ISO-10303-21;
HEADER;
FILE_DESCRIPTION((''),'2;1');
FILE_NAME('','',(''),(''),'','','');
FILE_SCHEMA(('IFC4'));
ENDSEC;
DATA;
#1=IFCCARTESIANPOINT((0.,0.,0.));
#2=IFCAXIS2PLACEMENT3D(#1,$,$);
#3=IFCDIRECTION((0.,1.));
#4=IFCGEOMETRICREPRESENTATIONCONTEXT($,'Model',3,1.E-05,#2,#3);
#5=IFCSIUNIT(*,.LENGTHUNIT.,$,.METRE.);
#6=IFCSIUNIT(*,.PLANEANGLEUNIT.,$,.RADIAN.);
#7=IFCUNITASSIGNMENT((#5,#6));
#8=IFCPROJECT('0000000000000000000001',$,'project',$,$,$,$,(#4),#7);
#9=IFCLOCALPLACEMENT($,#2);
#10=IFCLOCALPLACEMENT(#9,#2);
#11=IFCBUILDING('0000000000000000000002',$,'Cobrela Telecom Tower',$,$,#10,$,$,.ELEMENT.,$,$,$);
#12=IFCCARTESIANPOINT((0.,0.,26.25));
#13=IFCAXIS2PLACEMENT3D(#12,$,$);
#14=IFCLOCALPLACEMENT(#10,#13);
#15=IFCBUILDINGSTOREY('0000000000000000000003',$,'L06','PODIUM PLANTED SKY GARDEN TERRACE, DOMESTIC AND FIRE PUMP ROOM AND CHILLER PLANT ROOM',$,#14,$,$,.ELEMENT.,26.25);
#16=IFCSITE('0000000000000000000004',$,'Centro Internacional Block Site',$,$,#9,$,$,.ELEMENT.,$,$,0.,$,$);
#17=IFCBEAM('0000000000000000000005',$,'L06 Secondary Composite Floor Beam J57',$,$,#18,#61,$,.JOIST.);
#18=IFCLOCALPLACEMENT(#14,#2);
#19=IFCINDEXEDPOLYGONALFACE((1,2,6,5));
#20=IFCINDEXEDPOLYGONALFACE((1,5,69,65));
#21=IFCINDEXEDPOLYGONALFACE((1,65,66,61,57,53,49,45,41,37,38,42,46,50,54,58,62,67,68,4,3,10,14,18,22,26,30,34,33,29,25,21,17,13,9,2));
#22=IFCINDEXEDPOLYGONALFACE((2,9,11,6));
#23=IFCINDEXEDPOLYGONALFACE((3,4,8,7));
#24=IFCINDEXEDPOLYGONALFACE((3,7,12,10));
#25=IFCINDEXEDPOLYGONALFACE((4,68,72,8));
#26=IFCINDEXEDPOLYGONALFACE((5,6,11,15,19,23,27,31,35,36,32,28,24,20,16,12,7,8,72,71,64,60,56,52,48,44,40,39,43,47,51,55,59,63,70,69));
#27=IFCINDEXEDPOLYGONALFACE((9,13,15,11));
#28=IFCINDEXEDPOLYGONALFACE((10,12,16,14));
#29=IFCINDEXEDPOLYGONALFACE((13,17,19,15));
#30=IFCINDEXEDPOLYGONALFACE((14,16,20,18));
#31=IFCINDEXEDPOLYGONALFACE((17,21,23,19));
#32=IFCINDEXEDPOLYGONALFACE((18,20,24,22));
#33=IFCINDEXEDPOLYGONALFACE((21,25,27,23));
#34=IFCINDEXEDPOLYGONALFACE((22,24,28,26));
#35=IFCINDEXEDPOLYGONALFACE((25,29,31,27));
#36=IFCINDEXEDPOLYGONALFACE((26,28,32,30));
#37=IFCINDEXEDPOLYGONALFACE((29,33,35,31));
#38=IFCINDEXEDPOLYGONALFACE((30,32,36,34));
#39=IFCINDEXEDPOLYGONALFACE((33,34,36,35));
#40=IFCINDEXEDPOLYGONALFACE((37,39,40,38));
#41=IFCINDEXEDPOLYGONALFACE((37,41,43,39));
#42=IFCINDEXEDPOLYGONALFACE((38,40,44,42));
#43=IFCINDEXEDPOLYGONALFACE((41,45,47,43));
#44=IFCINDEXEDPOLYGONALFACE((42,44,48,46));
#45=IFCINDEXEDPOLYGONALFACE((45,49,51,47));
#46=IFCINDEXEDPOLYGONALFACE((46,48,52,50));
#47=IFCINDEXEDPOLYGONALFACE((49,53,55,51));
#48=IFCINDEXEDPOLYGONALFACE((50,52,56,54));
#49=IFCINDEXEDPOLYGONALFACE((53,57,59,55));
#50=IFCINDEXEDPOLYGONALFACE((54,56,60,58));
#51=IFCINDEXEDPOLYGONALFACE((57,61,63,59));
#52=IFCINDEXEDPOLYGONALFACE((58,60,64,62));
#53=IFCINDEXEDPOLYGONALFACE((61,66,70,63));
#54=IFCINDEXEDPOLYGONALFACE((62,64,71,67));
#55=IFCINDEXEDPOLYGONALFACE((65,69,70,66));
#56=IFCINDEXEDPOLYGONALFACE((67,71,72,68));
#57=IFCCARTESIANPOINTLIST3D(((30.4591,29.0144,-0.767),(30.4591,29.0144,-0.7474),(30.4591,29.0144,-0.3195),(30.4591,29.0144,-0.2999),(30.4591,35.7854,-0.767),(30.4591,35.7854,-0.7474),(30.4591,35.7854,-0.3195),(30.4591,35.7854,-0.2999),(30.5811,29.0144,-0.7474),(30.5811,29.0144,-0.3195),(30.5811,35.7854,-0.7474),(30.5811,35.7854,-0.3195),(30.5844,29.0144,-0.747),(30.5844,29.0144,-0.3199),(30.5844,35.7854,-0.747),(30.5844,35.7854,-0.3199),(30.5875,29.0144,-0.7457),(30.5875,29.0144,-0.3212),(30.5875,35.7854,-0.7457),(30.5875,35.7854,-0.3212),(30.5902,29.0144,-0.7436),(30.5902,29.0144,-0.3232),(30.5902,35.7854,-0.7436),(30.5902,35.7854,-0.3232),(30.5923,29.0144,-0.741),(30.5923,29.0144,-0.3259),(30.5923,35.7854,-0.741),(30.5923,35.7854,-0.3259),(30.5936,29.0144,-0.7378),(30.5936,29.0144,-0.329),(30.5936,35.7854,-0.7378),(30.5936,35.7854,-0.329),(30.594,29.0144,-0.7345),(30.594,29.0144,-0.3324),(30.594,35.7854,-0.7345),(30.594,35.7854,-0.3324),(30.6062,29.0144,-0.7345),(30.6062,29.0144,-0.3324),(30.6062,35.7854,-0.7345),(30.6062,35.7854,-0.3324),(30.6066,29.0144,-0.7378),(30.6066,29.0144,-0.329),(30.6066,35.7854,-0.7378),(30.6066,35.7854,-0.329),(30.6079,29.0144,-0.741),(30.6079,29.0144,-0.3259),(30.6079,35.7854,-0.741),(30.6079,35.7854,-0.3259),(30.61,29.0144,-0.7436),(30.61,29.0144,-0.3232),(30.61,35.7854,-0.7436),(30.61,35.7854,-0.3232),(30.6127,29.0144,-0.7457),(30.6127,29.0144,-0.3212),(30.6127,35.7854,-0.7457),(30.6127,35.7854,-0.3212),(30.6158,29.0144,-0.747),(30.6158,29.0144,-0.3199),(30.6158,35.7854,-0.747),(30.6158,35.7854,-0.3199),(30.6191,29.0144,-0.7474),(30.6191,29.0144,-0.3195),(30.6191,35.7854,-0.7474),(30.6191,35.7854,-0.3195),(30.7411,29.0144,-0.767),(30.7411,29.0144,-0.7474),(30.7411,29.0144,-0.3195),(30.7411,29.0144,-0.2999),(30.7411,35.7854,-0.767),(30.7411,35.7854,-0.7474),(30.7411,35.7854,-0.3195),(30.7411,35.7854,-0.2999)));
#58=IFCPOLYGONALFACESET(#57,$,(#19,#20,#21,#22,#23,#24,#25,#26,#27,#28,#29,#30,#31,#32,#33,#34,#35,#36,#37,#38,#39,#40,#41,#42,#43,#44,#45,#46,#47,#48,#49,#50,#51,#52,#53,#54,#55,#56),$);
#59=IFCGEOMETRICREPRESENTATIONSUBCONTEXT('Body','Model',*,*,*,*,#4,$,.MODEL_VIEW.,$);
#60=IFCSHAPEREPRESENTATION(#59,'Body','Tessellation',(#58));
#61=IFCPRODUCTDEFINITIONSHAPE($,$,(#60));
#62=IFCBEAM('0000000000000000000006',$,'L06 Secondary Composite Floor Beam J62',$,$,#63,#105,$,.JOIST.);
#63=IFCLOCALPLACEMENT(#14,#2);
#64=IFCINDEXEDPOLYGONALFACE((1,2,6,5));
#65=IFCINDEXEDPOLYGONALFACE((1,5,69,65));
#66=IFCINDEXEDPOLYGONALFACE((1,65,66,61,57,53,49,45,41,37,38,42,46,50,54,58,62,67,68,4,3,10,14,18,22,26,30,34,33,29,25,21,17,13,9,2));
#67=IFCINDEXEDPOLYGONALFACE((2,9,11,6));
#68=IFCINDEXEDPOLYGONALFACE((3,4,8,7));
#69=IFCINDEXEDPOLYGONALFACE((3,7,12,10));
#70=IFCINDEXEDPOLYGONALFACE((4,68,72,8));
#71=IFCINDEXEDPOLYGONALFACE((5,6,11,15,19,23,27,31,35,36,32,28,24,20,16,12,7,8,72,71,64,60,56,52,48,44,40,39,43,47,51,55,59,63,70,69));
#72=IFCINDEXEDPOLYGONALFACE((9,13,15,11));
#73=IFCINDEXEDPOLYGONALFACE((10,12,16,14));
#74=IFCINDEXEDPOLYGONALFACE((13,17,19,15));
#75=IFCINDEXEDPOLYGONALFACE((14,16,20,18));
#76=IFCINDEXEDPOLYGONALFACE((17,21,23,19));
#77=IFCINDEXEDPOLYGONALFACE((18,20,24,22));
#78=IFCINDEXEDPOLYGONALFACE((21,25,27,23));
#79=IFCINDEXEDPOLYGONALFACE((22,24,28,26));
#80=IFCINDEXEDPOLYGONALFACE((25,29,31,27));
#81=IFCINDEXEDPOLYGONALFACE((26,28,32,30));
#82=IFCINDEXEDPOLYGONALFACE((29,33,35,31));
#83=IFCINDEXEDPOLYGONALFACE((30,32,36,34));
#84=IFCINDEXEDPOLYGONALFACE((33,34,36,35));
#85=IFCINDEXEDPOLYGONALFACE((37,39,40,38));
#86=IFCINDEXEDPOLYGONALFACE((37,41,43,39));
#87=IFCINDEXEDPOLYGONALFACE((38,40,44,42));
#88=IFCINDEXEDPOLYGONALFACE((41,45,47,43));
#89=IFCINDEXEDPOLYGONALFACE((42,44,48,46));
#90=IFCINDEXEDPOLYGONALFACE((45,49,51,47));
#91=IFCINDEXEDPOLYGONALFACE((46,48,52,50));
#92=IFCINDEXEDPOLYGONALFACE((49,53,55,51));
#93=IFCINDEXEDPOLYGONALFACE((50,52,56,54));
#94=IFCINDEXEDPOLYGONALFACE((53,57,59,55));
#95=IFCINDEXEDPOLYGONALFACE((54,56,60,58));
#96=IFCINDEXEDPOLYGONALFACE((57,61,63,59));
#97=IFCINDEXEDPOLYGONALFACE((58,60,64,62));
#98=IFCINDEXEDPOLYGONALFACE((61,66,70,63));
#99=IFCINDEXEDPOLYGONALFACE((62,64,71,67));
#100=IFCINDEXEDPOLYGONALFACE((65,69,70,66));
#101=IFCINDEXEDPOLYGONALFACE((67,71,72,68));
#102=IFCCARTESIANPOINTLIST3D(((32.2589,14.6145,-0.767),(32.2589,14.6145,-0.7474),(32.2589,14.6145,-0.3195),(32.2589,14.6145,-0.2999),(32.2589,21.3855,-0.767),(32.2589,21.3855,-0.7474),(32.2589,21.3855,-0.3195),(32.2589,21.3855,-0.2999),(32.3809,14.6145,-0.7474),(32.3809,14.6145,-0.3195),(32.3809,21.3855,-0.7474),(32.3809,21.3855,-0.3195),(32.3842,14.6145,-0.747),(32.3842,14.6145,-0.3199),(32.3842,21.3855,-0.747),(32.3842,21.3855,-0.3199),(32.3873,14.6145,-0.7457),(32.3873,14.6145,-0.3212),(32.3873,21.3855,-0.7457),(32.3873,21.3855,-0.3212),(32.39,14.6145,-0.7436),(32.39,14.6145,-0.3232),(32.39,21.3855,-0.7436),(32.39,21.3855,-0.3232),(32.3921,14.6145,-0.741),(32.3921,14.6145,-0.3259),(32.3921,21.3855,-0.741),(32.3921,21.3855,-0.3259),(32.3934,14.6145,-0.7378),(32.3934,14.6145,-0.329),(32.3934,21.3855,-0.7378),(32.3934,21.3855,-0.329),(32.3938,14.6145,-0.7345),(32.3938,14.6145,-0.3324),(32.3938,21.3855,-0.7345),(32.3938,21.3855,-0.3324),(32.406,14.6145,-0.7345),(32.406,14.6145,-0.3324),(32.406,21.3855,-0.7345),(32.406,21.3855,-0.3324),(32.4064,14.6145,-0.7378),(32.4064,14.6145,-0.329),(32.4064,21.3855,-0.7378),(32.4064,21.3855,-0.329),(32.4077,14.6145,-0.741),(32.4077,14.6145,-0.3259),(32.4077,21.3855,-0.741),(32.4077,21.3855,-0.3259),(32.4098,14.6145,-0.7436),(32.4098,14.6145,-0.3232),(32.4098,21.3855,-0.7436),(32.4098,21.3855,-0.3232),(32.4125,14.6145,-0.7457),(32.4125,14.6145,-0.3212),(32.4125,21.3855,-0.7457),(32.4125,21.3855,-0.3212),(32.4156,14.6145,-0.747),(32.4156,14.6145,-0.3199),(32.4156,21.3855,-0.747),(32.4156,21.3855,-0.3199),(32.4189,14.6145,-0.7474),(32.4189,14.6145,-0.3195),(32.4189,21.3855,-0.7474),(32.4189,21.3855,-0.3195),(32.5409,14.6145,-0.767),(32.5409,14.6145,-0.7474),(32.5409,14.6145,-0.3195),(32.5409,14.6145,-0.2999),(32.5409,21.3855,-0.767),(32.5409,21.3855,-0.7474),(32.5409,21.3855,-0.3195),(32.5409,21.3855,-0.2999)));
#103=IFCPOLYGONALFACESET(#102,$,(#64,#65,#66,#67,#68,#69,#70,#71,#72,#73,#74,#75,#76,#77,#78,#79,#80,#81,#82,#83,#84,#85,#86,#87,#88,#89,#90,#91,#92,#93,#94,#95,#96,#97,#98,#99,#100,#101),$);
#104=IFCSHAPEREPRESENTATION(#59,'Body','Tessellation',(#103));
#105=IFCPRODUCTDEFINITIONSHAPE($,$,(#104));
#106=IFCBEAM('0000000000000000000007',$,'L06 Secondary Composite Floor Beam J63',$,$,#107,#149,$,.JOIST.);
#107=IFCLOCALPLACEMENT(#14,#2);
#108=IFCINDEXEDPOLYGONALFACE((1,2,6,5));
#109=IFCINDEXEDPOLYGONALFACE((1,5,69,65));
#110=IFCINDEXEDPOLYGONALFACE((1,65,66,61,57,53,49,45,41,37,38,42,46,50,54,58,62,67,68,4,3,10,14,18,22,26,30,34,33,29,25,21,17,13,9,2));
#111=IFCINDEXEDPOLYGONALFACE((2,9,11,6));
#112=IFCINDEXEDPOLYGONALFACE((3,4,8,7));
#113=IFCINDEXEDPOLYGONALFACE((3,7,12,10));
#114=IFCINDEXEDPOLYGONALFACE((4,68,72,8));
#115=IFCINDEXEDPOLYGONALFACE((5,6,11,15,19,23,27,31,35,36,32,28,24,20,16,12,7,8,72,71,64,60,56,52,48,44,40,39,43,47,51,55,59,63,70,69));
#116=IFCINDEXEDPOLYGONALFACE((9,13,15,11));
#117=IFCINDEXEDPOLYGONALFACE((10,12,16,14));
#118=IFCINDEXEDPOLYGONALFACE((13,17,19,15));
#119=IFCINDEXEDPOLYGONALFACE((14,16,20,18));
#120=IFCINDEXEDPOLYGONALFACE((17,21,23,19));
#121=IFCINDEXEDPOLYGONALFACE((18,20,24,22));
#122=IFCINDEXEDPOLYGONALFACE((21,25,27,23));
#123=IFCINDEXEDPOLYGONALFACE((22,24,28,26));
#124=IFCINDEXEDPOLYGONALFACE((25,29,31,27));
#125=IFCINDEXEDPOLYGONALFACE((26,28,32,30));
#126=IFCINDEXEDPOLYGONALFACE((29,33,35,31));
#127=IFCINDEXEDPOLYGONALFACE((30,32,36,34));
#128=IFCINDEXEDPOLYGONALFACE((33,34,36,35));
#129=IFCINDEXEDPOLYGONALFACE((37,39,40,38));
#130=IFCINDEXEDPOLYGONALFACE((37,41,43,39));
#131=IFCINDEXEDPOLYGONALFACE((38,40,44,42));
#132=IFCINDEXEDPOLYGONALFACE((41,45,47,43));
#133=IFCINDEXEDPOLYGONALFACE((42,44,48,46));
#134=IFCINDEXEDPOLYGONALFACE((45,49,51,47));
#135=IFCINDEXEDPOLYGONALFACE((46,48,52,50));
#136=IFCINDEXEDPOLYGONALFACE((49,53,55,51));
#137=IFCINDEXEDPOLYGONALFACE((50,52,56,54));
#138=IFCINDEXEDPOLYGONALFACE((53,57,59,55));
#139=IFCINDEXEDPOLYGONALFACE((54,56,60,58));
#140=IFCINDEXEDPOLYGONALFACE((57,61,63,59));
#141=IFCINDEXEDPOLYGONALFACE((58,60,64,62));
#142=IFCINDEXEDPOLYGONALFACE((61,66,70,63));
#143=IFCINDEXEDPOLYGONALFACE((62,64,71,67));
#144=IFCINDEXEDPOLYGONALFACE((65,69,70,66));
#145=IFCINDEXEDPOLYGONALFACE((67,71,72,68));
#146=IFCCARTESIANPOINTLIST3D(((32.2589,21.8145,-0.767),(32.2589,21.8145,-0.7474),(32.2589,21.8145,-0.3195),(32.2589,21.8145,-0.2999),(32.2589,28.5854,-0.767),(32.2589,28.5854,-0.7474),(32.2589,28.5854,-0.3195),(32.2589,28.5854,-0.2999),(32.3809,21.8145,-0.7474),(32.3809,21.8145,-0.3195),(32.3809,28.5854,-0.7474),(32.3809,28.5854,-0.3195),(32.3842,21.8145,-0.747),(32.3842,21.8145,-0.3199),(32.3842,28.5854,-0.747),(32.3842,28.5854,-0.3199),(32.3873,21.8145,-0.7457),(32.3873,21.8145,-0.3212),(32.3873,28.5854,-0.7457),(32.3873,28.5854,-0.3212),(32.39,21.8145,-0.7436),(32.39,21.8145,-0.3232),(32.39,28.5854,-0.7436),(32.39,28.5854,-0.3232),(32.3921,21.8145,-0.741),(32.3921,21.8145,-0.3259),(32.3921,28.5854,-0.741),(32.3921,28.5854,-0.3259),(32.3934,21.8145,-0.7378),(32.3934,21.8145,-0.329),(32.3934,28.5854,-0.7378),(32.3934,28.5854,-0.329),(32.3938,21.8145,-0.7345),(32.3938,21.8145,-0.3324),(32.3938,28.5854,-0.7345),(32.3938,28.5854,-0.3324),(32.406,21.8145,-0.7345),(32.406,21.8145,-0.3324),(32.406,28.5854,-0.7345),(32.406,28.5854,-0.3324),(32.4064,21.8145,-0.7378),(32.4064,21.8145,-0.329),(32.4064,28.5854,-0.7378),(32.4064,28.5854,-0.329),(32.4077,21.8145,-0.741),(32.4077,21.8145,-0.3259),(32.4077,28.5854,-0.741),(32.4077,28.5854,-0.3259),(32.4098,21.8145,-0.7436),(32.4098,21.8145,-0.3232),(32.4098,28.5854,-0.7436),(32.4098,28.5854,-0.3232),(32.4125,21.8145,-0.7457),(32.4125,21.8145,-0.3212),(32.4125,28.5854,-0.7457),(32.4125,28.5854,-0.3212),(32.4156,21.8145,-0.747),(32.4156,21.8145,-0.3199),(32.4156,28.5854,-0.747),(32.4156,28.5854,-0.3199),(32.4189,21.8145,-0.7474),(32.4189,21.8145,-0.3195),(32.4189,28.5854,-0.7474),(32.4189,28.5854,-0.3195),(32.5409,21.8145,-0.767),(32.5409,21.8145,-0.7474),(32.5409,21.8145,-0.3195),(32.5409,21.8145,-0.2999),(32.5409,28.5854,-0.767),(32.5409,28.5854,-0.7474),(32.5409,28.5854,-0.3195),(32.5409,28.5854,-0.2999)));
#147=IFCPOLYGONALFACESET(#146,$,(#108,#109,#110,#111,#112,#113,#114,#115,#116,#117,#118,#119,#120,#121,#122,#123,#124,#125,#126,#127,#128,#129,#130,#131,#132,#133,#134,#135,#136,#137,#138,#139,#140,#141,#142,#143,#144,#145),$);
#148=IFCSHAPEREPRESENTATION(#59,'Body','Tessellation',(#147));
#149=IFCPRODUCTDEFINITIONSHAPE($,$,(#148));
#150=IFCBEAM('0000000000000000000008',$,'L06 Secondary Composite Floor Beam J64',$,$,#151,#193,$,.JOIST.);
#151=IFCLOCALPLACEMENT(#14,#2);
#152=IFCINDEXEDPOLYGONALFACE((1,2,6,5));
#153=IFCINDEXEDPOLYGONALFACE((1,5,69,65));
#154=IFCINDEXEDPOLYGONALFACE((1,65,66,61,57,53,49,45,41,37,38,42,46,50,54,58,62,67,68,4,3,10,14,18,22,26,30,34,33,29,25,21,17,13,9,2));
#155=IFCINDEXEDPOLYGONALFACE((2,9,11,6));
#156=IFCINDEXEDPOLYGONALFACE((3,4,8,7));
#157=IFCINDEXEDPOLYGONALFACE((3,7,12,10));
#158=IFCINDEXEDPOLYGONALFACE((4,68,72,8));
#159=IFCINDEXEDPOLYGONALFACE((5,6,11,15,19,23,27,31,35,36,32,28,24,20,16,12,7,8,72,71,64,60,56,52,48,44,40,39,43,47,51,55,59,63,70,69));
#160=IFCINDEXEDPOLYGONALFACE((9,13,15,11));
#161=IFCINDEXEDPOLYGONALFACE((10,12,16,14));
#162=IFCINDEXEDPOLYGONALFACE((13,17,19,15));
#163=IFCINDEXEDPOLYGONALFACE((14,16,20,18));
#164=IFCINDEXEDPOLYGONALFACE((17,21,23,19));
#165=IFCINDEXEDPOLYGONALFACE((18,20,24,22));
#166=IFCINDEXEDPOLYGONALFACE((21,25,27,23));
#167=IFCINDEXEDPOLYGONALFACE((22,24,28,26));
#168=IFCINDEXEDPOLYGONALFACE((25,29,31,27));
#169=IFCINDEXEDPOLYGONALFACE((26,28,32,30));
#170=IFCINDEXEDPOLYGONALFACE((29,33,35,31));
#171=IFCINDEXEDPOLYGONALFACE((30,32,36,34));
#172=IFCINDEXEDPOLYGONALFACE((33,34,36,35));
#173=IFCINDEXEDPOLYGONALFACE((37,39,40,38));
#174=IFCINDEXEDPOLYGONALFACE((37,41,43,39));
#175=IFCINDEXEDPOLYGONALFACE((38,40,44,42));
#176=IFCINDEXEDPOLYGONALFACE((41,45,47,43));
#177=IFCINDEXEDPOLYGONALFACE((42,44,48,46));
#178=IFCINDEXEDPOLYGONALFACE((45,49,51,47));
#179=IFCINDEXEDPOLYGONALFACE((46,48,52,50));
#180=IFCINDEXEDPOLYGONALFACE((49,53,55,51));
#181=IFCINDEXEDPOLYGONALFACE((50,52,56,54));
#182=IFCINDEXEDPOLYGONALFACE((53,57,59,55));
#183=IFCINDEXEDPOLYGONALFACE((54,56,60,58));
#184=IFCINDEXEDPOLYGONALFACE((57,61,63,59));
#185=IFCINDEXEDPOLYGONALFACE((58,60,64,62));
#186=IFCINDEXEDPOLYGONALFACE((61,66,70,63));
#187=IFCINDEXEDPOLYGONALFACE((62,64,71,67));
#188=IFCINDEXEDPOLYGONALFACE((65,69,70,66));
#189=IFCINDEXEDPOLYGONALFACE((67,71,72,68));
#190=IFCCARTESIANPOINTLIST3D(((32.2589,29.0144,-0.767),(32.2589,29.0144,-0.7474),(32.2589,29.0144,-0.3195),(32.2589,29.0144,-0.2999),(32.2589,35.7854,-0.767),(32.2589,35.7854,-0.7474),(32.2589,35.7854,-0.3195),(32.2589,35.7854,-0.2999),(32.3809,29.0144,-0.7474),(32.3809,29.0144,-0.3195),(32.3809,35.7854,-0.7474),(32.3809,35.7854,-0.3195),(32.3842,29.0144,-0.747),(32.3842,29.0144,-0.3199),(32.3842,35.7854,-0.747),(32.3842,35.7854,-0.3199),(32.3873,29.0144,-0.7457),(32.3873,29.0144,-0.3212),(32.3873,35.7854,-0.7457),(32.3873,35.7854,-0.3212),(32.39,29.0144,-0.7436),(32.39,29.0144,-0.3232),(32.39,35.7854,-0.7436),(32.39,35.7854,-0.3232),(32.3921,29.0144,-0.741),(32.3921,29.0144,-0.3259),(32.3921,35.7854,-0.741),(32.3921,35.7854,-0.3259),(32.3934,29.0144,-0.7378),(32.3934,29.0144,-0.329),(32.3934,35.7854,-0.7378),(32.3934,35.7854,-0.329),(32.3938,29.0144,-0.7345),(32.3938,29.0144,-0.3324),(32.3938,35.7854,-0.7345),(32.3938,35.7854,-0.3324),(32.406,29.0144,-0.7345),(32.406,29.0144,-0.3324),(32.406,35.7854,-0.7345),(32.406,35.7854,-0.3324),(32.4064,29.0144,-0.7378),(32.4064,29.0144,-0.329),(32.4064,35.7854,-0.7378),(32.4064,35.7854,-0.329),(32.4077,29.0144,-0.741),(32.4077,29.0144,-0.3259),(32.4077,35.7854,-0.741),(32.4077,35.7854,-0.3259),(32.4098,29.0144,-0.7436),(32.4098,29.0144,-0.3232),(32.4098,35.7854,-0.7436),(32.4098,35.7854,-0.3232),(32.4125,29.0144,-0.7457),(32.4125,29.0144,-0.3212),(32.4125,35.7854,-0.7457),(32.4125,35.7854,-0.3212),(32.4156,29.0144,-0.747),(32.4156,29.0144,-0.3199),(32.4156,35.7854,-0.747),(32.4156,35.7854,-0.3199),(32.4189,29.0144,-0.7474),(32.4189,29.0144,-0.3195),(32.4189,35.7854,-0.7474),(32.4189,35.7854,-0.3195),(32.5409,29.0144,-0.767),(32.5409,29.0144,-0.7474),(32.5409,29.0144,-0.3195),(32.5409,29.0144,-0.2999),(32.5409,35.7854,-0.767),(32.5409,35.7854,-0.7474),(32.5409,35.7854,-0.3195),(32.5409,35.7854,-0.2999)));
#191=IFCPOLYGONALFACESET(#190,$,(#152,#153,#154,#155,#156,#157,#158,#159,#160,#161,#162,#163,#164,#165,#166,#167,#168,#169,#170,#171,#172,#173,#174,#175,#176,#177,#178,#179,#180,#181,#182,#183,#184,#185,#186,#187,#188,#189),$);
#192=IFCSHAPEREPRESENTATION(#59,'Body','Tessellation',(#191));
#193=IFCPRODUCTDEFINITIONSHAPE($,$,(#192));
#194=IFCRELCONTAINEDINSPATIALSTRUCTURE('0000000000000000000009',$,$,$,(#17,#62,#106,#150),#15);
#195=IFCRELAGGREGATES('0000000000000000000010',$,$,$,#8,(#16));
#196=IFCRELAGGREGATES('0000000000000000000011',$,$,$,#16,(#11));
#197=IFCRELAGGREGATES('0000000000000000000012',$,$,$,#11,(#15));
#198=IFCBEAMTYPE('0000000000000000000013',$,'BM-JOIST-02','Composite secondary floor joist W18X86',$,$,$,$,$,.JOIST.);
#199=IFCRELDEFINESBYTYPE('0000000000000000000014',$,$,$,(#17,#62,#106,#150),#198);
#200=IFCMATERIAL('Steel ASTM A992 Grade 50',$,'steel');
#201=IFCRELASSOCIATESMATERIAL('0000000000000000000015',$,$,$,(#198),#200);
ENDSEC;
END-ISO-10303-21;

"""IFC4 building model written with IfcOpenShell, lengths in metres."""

from ifc_helpers import new_model, si_unit, direction, frame, origin, origin_2d, place, context, subcontext, project, spatial, i_section, extrude, material, material_profile, profile_set, type_object, element, save


model = new_model("IFC4")

# Units and contexts
model_context = context("Model", 3, precision=1e-05, world=origin(), true_north=direction((0.0, 1.0)))
body_context = subcontext(model_context, "Body", "Model", "MODEL_VIEW")
ifc_project = project(units=[si_unit("LENGTHUNIT", "METRE"), si_unit("PLANEANGLEUNIT", "RADIAN")], contexts=[model_context])

# Site, building, storey
site_placement = place(None, origin())
site = spatial("IfcSite", under=ifc_project, at=site_placement, Name="Centro Internacional Block Site", CompositionType="ELEMENT", RefElevation=0.0)
building_placement = place(site_placement, origin())
building = spatial("IfcBuilding", under=site, at=building_placement, Name="Cobrela Telecom Tower", CompositionType="ELEMENT")
storey_placement = place(building_placement, frame((0.0, 0.0, 26.25)))
storey = spatial("IfcBuildingStorey", under=building, at=storey_placement, Name="L06", Description="PODIUM PLANTED SKY GARDEN TERRACE, DOMESTIC AND FIRE PUMP ROOM AND CHILLER PLANT ROOM", CompositionType="ELEMENT", Elevation=26.25)

# Beams
ifc_material_1 = material(Name="Steel ASTM A992 Grade 50", Category="steel")
ifc_material_profile_1 = material_profile(ifc_material_1, i_section(OverallWidth=0.282, OverallDepth=0.467, WebThickness=0.0122, FlangeThickness=0.0195, FilletRadius=0.0129, at=origin_2d()), Name="W18X86")
ifc_profile_set_1 = profile_set([ifc_material_profile_1], Name="Steel ASTM A992 Grade 50")
beam_type_1 = type_object("IfcBeamType", Name="BM-JOIST-02", Description="Composite secondary floor joist W18X86", PredefinedType="JOIST", material=ifc_profile_set_1)
for number, where, z_axis, x_axis, name in (
    (1, (30.6001, 29.0144, -0.5334), (0.0, 1.0, 0.0), (-1.0, 0.0, 0.0), "L06 Secondary Composite Floor Beam J57"),
    (2, (32.3999, 14.6145, -0.5334), (0.0, 1.0, 0.0), (-1.0, 0.0, 0.0), "L06 Secondary Composite Floor Beam J62"),
    (3, (32.3999, 21.8145, -0.5334), (0.0, 1.0, 0.0), (-1.0, 0.0, 0.0), "L06 Secondary Composite Floor Beam J63"),
    (4, (32.3999, 29.0144, -0.5334), (0.0, 1.0, 0.0), (-1.0, 0.0, 0.0), "L06 Secondary Composite Floor Beam J64"),
):
    element("IfcBeam", number, at=place(storey_placement, frame(where, z_axis=z_axis, x_axis=x_axis)), inside=storey, type_object=beam_type_1, Name=name, PredefinedType="JOIST", context=body_context, shape_type="SweptSolid", body=[
        extrude(i_section(OverallWidth=0.282, OverallDepth=0.467, WebThickness=0.0122, FlangeThickness=0.0195, FilletRadius=0.0129, at=origin_2d()), origin(), (0.0, 0.0, 1.0), 6.771),
    ])

save(model, "model.ifc")
